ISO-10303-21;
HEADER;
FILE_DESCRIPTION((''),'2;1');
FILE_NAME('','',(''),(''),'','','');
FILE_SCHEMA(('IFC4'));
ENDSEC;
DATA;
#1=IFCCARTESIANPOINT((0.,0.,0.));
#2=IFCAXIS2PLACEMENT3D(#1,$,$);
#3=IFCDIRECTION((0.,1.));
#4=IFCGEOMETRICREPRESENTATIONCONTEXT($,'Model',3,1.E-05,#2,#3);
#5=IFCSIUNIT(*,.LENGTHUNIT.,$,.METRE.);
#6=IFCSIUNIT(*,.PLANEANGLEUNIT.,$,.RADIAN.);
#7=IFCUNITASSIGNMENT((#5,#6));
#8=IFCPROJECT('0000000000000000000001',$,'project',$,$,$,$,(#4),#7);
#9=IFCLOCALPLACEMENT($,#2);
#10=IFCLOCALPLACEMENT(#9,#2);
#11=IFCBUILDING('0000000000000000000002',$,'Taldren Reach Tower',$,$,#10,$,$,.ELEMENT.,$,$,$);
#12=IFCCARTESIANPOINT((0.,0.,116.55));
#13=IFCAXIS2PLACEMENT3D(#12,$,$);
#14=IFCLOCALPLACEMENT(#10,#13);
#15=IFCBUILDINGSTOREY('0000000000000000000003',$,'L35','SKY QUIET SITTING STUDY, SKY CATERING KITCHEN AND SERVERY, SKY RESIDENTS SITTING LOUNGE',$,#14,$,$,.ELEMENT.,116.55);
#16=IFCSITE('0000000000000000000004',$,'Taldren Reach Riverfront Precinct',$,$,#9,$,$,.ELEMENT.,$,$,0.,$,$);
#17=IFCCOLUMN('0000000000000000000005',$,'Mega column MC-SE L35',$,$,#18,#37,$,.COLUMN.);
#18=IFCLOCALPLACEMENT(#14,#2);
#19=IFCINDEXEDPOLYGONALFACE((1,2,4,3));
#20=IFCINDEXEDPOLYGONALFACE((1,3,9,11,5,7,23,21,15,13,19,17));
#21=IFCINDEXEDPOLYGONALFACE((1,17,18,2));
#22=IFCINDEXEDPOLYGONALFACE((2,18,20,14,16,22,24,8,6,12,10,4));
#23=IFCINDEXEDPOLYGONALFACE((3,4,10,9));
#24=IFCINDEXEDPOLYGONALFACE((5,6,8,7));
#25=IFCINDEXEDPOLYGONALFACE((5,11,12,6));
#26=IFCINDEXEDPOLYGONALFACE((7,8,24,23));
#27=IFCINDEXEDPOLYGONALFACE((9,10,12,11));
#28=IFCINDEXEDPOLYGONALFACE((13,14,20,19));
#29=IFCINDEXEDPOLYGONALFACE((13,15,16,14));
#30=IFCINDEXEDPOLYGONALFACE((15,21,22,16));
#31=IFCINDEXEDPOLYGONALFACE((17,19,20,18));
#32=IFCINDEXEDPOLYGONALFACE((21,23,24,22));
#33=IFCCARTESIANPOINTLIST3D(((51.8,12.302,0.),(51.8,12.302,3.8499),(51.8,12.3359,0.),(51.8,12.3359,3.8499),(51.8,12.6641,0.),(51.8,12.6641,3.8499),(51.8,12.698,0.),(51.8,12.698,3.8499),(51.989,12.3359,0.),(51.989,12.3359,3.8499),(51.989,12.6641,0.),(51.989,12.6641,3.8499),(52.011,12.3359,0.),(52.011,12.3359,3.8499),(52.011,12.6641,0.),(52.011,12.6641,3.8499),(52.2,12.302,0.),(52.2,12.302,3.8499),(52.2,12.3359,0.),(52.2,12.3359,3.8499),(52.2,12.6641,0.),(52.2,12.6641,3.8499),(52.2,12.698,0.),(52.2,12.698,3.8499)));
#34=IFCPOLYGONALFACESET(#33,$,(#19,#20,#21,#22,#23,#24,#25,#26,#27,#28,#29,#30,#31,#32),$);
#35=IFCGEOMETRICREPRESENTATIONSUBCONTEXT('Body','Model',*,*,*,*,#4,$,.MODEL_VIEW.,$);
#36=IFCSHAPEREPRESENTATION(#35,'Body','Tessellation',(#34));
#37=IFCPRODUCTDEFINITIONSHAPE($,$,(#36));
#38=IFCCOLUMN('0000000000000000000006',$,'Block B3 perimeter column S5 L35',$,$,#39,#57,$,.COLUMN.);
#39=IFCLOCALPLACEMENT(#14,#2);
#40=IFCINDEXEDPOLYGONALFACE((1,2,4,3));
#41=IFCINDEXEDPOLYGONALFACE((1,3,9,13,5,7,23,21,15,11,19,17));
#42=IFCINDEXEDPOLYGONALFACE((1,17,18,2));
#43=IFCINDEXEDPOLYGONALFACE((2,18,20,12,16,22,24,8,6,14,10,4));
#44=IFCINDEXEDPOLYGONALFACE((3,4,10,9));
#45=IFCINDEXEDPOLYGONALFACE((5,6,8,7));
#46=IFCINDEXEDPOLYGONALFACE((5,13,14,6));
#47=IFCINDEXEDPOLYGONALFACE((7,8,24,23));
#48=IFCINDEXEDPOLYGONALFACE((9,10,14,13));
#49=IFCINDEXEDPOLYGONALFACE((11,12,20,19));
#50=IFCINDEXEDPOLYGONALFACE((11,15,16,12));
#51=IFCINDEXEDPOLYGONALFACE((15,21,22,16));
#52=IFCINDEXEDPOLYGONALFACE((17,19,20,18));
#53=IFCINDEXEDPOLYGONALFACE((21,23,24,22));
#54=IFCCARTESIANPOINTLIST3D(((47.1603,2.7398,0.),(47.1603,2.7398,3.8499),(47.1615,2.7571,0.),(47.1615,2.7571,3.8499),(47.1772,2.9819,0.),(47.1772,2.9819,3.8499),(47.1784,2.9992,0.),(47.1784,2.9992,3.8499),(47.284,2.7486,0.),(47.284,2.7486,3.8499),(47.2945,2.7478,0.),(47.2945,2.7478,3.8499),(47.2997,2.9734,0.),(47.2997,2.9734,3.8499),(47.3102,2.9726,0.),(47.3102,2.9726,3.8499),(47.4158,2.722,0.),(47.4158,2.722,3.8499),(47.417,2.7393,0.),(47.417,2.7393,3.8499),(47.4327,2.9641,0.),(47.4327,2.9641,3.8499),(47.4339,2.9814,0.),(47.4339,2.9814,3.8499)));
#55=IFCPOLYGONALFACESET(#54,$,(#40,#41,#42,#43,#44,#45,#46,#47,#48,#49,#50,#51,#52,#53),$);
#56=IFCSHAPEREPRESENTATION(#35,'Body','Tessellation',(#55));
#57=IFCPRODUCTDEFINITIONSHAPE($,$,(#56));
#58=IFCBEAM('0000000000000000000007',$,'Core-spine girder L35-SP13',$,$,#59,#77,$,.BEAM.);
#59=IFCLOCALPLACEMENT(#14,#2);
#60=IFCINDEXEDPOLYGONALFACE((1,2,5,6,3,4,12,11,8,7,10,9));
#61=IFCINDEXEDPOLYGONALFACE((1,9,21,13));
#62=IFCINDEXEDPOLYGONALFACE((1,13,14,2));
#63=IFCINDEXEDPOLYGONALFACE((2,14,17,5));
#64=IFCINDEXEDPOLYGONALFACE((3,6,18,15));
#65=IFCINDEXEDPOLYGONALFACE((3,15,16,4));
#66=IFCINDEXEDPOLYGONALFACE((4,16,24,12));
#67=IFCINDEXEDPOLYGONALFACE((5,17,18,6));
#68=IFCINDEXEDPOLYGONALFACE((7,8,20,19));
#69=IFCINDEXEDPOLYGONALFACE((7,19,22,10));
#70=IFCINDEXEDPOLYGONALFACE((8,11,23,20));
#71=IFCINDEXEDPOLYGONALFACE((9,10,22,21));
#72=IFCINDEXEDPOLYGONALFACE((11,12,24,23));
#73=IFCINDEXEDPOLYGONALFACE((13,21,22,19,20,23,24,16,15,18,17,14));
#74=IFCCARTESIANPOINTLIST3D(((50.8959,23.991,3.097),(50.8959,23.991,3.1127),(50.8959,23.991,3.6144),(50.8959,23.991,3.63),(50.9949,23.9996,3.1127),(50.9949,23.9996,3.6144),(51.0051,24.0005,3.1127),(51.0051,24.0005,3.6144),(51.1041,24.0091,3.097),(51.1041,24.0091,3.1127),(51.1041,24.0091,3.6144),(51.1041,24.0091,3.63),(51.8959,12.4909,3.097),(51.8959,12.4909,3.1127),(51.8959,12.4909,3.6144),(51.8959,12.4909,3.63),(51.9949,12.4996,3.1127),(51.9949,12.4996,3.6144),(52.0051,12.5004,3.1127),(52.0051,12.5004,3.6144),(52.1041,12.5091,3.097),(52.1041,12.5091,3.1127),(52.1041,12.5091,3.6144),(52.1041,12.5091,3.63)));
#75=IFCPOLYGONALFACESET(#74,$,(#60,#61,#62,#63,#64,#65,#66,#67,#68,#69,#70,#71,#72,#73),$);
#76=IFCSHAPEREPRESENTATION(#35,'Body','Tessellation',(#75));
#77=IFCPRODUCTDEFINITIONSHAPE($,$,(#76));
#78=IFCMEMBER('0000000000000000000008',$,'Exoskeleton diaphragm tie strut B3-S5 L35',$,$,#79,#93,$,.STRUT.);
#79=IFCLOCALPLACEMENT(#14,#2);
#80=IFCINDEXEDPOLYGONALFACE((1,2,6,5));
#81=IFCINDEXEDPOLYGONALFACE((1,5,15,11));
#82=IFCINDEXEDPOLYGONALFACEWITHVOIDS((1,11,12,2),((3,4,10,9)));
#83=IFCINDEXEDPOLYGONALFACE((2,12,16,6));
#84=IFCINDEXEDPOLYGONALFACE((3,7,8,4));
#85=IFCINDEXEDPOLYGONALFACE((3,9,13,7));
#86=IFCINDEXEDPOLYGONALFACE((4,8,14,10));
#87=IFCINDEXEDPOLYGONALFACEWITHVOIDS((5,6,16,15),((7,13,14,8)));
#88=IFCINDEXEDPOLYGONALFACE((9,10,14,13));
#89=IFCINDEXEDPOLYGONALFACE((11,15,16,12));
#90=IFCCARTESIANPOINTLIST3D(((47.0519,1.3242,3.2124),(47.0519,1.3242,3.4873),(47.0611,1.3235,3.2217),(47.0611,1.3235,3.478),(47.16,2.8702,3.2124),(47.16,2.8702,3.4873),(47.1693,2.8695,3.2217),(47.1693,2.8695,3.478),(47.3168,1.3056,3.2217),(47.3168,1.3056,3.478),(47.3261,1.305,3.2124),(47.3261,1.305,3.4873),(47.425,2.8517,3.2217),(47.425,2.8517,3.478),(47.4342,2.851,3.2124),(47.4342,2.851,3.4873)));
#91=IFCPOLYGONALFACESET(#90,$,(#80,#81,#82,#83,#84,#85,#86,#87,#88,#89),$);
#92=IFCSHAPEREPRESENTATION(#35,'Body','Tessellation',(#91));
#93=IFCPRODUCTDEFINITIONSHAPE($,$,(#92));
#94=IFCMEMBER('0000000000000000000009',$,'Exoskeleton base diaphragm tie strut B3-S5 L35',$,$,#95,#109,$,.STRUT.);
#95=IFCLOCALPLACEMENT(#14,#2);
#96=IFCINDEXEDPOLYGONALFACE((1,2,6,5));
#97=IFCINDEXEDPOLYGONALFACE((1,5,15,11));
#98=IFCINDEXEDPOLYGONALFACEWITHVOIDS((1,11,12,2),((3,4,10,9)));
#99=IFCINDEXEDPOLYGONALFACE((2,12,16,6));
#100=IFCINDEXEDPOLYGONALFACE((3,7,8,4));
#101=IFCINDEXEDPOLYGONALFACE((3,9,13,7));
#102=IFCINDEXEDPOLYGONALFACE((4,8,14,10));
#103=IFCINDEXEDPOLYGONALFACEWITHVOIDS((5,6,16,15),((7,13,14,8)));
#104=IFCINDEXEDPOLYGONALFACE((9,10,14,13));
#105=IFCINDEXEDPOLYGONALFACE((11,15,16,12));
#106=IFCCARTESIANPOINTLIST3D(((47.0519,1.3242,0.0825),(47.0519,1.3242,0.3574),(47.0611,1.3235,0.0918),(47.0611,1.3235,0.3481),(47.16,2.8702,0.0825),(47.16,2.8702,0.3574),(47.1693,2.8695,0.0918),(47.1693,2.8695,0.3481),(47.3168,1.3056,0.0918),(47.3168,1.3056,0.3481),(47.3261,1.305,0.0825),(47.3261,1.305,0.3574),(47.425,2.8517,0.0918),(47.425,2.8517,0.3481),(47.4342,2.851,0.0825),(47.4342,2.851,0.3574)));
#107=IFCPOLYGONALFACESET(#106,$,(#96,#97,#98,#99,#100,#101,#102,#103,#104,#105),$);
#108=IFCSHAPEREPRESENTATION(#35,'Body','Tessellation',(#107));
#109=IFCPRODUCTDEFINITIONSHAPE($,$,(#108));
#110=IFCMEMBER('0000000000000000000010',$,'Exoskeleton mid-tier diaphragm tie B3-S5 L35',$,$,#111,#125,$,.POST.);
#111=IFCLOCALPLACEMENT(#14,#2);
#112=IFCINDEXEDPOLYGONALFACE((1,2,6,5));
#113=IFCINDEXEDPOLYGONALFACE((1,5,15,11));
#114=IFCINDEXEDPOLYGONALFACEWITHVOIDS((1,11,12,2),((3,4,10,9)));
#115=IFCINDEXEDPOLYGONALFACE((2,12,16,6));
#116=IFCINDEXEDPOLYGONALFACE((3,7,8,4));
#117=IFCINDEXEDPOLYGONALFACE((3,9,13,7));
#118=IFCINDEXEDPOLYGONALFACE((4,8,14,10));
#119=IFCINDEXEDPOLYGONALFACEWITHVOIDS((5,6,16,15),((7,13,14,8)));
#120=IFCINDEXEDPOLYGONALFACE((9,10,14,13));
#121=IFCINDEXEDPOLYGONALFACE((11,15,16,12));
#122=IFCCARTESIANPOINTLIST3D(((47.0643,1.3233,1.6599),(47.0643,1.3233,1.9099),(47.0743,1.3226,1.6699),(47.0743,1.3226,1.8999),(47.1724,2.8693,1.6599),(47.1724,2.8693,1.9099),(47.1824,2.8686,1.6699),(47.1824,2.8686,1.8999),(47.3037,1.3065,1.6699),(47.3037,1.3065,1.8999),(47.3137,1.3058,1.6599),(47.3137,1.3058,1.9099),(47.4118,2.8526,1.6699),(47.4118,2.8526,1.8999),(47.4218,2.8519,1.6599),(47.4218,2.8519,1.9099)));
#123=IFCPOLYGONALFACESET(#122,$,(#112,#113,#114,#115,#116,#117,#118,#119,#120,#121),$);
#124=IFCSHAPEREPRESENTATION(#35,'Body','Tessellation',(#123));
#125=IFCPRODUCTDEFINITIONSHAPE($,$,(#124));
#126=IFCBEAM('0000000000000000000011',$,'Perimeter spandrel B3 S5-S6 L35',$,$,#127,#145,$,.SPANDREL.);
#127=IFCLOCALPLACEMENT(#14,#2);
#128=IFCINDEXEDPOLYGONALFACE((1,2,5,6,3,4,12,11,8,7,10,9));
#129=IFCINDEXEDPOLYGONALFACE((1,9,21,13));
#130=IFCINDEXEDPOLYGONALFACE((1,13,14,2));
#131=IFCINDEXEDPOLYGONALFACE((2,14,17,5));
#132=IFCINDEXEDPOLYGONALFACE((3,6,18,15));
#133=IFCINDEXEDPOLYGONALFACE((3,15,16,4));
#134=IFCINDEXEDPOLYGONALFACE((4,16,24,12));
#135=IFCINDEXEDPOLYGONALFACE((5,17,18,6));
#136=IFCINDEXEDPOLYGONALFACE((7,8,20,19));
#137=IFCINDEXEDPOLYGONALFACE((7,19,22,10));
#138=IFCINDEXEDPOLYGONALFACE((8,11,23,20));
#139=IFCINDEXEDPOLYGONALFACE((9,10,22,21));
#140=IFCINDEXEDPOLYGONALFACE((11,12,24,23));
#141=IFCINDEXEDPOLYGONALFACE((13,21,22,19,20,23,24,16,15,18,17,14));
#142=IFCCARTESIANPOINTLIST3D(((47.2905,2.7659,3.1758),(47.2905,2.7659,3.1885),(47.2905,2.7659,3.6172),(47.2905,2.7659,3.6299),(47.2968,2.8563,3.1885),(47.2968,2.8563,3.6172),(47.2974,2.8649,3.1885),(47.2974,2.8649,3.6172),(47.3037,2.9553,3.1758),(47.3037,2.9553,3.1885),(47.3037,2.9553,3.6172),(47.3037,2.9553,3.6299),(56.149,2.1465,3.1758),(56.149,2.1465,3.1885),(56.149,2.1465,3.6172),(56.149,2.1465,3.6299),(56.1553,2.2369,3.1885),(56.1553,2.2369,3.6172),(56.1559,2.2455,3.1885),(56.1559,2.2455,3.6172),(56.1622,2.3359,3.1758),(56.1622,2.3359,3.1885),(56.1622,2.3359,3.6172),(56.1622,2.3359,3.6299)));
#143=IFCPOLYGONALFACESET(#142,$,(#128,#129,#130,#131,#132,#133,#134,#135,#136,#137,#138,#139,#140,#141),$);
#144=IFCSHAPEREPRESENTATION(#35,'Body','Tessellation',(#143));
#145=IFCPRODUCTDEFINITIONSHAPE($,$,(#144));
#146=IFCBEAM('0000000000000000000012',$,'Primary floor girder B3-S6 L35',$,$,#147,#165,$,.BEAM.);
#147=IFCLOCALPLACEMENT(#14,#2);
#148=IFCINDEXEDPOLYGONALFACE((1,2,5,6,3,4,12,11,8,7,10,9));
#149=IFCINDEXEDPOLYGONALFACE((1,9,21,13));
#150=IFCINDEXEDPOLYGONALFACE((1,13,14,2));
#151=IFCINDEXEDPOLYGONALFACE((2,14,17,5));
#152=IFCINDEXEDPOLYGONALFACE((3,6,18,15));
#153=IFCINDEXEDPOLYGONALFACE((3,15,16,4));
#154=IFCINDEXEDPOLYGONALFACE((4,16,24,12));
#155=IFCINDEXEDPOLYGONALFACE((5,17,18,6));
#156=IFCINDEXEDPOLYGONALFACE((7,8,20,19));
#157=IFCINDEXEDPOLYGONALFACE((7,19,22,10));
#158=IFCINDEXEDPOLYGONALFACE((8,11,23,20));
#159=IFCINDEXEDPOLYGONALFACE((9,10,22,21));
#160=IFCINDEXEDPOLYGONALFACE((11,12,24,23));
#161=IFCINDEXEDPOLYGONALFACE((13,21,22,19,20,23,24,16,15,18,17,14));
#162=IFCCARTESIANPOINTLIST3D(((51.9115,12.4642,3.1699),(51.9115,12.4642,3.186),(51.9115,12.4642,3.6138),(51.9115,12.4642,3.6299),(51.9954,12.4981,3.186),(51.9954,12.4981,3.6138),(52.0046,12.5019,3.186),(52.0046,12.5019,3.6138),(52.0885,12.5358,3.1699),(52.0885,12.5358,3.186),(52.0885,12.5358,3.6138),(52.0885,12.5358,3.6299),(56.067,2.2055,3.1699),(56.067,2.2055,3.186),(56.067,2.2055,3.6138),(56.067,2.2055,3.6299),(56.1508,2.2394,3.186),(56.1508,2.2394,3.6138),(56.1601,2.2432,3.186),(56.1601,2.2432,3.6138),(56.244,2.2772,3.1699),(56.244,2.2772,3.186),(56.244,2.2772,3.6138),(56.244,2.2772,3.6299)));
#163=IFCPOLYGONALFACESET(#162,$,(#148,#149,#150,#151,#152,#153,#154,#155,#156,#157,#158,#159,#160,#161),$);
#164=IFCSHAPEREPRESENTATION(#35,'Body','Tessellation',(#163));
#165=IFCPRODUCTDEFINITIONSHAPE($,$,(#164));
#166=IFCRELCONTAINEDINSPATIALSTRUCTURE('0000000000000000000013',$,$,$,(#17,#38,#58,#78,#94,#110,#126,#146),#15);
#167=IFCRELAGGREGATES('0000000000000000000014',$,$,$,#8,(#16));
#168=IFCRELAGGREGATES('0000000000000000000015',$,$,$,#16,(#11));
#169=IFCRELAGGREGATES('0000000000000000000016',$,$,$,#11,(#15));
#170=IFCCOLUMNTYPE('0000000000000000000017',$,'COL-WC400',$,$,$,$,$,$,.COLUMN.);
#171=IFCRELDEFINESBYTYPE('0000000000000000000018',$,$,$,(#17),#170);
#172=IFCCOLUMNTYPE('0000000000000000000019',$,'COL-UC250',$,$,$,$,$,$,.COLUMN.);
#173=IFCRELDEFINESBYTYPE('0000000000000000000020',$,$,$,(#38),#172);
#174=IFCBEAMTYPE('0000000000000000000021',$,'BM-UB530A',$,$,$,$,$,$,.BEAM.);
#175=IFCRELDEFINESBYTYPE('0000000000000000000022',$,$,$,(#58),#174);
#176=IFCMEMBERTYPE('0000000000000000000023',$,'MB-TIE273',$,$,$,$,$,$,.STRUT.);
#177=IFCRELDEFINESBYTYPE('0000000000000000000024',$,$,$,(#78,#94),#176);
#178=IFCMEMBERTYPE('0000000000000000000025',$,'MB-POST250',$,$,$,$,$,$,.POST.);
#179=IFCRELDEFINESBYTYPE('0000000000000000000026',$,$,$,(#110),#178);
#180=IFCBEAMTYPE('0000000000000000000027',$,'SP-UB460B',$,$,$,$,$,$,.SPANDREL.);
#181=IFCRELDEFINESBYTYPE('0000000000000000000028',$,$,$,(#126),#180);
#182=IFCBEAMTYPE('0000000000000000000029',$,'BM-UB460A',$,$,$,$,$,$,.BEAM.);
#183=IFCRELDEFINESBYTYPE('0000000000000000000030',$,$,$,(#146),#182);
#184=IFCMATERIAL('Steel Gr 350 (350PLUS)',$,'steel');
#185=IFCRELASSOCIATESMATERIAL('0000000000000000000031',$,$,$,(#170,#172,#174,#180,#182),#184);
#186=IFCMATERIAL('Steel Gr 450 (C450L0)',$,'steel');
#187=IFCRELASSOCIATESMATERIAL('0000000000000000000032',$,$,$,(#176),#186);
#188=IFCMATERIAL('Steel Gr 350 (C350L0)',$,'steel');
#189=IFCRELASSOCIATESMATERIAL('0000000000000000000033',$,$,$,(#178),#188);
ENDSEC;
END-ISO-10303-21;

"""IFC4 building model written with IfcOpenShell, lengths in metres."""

from ifc_helpers import new_model, si_unit, direction, frame, origin, origin_2d, place, context, subcontext, project, spatial, hollow_rectangle, i_section, extrude, source, transform, mapped, material, material_profile, profile_set, type_object, element, save


model = new_model("IFC4")

# Units and contexts
model_context = context("Model", 3, precision=1e-05, world=origin(), true_north=direction((0.0, 1.0)))
body_context = subcontext(model_context, "Body", "Model", "MODEL_VIEW")
ifc_project = project(units=[si_unit("LENGTHUNIT", "METRE"), si_unit("PLANEANGLEUNIT", "RADIAN")], contexts=[model_context])

# Site, building, storey
site_placement = place(None, origin())
site = spatial("IfcSite", under=ifc_project, at=site_placement, Name="Taldren Reach Riverfront Precinct", CompositionType="ELEMENT", RefElevation=0.0)
building_placement = place(site_placement, origin())
building = spatial("IfcBuilding", under=site, at=building_placement, Name="Taldren Reach Tower", CompositionType="ELEMENT")
storey_placement = place(building_placement, frame((0.0, 0.0, 116.55)))
storey = spatial("IfcBuildingStorey", under=building, at=storey_placement, Name="L35", Description="SKY QUIET SITTING STUDY, SKY CATERING KITCHEN AND SERVERY, SKY RESIDENTS SITTING LOUNGE", CompositionType="ELEMENT", Elevation=116.55)

# Columns
ifc_material_1 = material(Name="Steel Gr 350 (350PLUS)", Category="steel")
ifc_material_profile_1 = material_profile(ifc_material_1, i_section(OverallWidth=0.3999, OverallDepth=0.396, WebThickness=0.022, FlangeThickness=0.0339, at=origin_2d()), Name="400WC270")
ifc_profile_set_1 = profile_set([ifc_material_profile_1], Name="Steel Gr 350 (350PLUS)")
column_type_1 = type_object("IfcColumnType", Name="COL-WC400", PredefinedType="COLUMN", material=ifc_profile_set_1)
shared_shape_1 = source(origin(), body_context, "Body", "SweptSolid", [
    extrude(i_section(OverallWidth=0.3999, OverallDepth=0.396, WebThickness=0.022, FlangeThickness=0.0339, at=origin_2d()), origin(), (0.0, 0.0, 1.0), 3.8499),
])
column_1_placement = place(storey_placement, frame((52.0, 12.5, 0.0), z_axis=(0.0, 0.0, 1.0), x_axis=(1.0, 0.0, 0.0)))
element("IfcColumn", 1, at=column_1_placement, inside=storey, type_object=column_type_1, Name="Mega column MC-SE L35", PredefinedType="COLUMN", context=body_context, shape_type="MappedRepresentation", body=[
    mapped(shared_shape_1, transform((0.0, 0.0, 0.0), scale=1.0)),
])
ifc_material_profile_2 = material_profile(ifc_material_1, i_section(OverallWidth=0.2561, OverallDepth=0.26, WebThickness=0.0105, FlangeThickness=0.0173, at=origin_2d()), Name="250UC89.5")
ifc_profile_set_2 = profile_set([ifc_material_profile_2], Name="Steel Gr 350 (350PLUS)")
column_type_2 = type_object("IfcColumnType", Name="COL-UC250", PredefinedType="COLUMN", material=ifc_profile_set_2)
shared_shape_2 = source(origin(), body_context, "Body", "SweptSolid", [
    extrude(i_section(OverallWidth=0.2561, OverallDepth=0.26, WebThickness=0.0105, FlangeThickness=0.0173, at=origin_2d()), origin(), (0.0, 0.0, 1.0), 3.8499),
])
column_2_placement = place(storey_placement, frame((47.2971, 2.8606, 0.0), z_axis=(0.0, 0.0, 1.0), x_axis=(0.997564, -0.069756, 0.0)))
element("IfcColumn", 2, at=column_2_placement, inside=storey, type_object=column_type_2, Name="Block B3 perimeter column S5 L35", PredefinedType="COLUMN", context=body_context, shape_type="MappedRepresentation", body=[
    mapped(shared_shape_2, transform((0.0, 0.0, 0.0), scale=1.0)),
])

# Beam
ifc_material_profile_3 = material_profile(ifc_material_1, i_section(OverallWidth=0.209, OverallDepth=0.533, WebThickness=0.0103, FlangeThickness=0.0156, at=origin_2d()), Name="530UB92.4")
ifc_profile_set_3 = profile_set([ifc_material_profile_3], Name="Steel Gr 350 (350PLUS)")
beam_type_1 = type_object("IfcBeamType", Name="BM-UB530A", PredefinedType="BEAM", material=ifc_profile_set_3)
shared_shape_3 = source(origin(), body_context, "Body", "SweptSolid", [
    extrude(i_section(OverallWidth=0.209, OverallDepth=0.533, WebThickness=0.0103, FlangeThickness=0.0156, at=origin_2d()), origin(), (0.0, 0.0, 1.0), 11.5435),
])
beam_1_placement = place(storey_placement, frame((52.0, 12.5, 3.3635), z_axis=(-0.08663, 0.996241, 0.0), x_axis=(-0.996241, -0.08663, 0.0)))
element("IfcBeam", 3, at=beam_1_placement, inside=storey, type_object=beam_type_1, Name="Core-spine girder L35-SP13", PredefinedType="BEAM", context=body_context, shape_type="MappedRepresentation", body=[
    mapped(shared_shape_3, transform((0.0, 0.0, 0.0), scale=1.0)),
])

# Members
ifc_material_2 = material(Name="Steel Gr 450 (C450L0)", Category="steel")
ifc_material_profile_4 = material_profile(ifc_material_2, hollow_rectangle(XDim=0.2749, YDim=0.2749, WallThickness=0.0093, at=origin_2d()), Name="275x275x9.3SHS")
ifc_profile_set_4 = profile_set([ifc_material_profile_4], Name="Steel Gr 450 (C450L0)")
member_type_1 = type_object("IfcMemberType", Name="MB-TIE273", PredefinedType="STRUT", material=ifc_profile_set_4)
shared_shape_4 = source(origin(), body_context, "Body", "SweptSolid", [
    extrude(hollow_rectangle(XDim=0.2749, YDim=0.2749, WallThickness=0.0093, at=origin_2d()), origin(), (0.0, 0.0, 1.0), 1.5498),
])
for number, where, z_axis, x_axis, name in (
    (4, (47.2971, 2.8606, 3.3499), (-0.069781, -0.997562, 0.0), (0.997562, -0.069781, 0.0), "Exoskeleton diaphragm tie strut B3-S5 L35"),
    (5, (47.2971, 2.8606, 0.22), (-0.069781, -0.997562, 0.0), (0.997562, -0.069781, 0.0), "Exoskeleton base diaphragm tie strut B3-S5 L35"),
):
    element("IfcMember", number, at=place(storey_placement, frame(where, z_axis=z_axis, x_axis=x_axis)), inside=storey, type_object=member_type_1, Name=name, PredefinedType="STRUT", context=body_context, shape_type="MappedRepresentation", body=[
        mapped(shared_shape_4, transform((0.0, 0.0, 0.0), scale=1.0)),
    ])
ifc_material_3 = material(Name="Steel Gr 350 (C350L0)", Category="steel")
ifc_material_profile_5 = material_profile(ifc_material_3, hollow_rectangle(XDim=0.25, YDim=0.25, WallThickness=0.01, at=origin_2d()), Name="250x250x10.0SHS")
ifc_profile_set_5 = profile_set([ifc_material_profile_5], Name="Steel Gr 350 (C350L0)")
member_type_2 = type_object("IfcMemberType", Name="MB-POST250", PredefinedType="POST", material=ifc_profile_set_5)
shared_shape_5 = source(origin(), body_context, "Body", "SweptSolid", [
    extrude(hollow_rectangle(XDim=0.25, YDim=0.25, WallThickness=0.01, at=origin_2d()), origin(), (0.0, 0.0, 1.0), 1.5498),
])
member_1_placement = place(storey_placement, frame((47.2971, 2.8606, 1.7849), z_axis=(-0.069781, -0.997562, 0.0), x_axis=(0.997562, -0.069781, 0.0)))
element("IfcMember", 6, at=member_1_placement, inside=storey, type_object=member_type_2, Name="Exoskeleton mid-tier diaphragm tie B3-S5 L35", PredefinedType="POST", context=body_context, shape_type="MappedRepresentation", body=[
    mapped(shared_shape_5, transform((0.0, 0.0, 0.0), scale=1.0)),
])

# Beams
ifc_material_profile_6 = material_profile(ifc_material_1, i_section(OverallWidth=0.1899, OverallDepth=0.4541, WebThickness=0.0085, FlangeThickness=0.0127, at=origin_2d()), Name="460UB67.1")
ifc_profile_set_6 = profile_set([ifc_material_profile_6], Name="Steel Gr 350 (350PLUS)")
beam_type_2 = type_object("IfcBeamType", Name="SP-UB460B", PredefinedType="SPANDREL", material=ifc_profile_set_6)
shared_shape_6 = source(origin(), body_context, "Body", "SweptSolid", [
    extrude(i_section(OverallWidth=0.1899, OverallDepth=0.4541, WebThickness=0.0085, FlangeThickness=0.0127, at=origin_2d()), origin(), (0.0, 0.0, 1.0), 8.8801),
])
beam_2_placement = place(storey_placement, frame((47.2971, 2.8606, 3.4028), z_axis=(0.997564, -0.06975, 0.0), x_axis=(0.06975, 0.997564, 0.0)))
element("IfcBeam", 7, at=beam_2_placement, inside=storey, type_object=beam_type_2, Name="Perimeter spandrel B3 S5-S6 L35", PredefinedType="SPANDREL", context=body_context, shape_type="MappedRepresentation", body=[
    mapped(shared_shape_6, transform((0.0, 0.0, 0.0), scale=1.0)),
])
ifc_material_profile_7 = material_profile(ifc_material_1, i_section(OverallWidth=0.1909, OverallDepth=0.46, WebThickness=0.01, FlangeThickness=0.0161, at=origin_2d()), Name="460UB82.1")
ifc_profile_set_7 = profile_set([ifc_material_profile_7], Name="Steel Gr 350 (350PLUS)")
beam_type_3 = type_object("IfcBeamType", Name="BM-UB460A", PredefinedType="BEAM", material=ifc_profile_set_7)
shared_shape_7 = source(origin(), body_context, "Body", "SweptSolid", [
    extrude(i_section(OverallWidth=0.1909, OverallDepth=0.46, WebThickness=0.01, FlangeThickness=0.0161, at=origin_2d()), origin(), (0.0, 0.0, 1.0), 11.0684),
])
beam_3_placement = place(storey_placement, frame((52.0, 12.5, 3.3999), z_axis=(0.375437, -0.926848, 0.0), x_axis=(0.926848, 0.375437, 0.0)))
element("IfcBeam", 8, at=beam_3_placement, inside=storey, type_object=beam_type_3, Name="Primary floor girder B3-S6 L35", PredefinedType="BEAM", context=body_context, shape_type="MappedRepresentation", body=[
    mapped(shared_shape_7, transform((0.0, 0.0, 0.0), scale=1.0)),
])

save(model, "model.ifc")
